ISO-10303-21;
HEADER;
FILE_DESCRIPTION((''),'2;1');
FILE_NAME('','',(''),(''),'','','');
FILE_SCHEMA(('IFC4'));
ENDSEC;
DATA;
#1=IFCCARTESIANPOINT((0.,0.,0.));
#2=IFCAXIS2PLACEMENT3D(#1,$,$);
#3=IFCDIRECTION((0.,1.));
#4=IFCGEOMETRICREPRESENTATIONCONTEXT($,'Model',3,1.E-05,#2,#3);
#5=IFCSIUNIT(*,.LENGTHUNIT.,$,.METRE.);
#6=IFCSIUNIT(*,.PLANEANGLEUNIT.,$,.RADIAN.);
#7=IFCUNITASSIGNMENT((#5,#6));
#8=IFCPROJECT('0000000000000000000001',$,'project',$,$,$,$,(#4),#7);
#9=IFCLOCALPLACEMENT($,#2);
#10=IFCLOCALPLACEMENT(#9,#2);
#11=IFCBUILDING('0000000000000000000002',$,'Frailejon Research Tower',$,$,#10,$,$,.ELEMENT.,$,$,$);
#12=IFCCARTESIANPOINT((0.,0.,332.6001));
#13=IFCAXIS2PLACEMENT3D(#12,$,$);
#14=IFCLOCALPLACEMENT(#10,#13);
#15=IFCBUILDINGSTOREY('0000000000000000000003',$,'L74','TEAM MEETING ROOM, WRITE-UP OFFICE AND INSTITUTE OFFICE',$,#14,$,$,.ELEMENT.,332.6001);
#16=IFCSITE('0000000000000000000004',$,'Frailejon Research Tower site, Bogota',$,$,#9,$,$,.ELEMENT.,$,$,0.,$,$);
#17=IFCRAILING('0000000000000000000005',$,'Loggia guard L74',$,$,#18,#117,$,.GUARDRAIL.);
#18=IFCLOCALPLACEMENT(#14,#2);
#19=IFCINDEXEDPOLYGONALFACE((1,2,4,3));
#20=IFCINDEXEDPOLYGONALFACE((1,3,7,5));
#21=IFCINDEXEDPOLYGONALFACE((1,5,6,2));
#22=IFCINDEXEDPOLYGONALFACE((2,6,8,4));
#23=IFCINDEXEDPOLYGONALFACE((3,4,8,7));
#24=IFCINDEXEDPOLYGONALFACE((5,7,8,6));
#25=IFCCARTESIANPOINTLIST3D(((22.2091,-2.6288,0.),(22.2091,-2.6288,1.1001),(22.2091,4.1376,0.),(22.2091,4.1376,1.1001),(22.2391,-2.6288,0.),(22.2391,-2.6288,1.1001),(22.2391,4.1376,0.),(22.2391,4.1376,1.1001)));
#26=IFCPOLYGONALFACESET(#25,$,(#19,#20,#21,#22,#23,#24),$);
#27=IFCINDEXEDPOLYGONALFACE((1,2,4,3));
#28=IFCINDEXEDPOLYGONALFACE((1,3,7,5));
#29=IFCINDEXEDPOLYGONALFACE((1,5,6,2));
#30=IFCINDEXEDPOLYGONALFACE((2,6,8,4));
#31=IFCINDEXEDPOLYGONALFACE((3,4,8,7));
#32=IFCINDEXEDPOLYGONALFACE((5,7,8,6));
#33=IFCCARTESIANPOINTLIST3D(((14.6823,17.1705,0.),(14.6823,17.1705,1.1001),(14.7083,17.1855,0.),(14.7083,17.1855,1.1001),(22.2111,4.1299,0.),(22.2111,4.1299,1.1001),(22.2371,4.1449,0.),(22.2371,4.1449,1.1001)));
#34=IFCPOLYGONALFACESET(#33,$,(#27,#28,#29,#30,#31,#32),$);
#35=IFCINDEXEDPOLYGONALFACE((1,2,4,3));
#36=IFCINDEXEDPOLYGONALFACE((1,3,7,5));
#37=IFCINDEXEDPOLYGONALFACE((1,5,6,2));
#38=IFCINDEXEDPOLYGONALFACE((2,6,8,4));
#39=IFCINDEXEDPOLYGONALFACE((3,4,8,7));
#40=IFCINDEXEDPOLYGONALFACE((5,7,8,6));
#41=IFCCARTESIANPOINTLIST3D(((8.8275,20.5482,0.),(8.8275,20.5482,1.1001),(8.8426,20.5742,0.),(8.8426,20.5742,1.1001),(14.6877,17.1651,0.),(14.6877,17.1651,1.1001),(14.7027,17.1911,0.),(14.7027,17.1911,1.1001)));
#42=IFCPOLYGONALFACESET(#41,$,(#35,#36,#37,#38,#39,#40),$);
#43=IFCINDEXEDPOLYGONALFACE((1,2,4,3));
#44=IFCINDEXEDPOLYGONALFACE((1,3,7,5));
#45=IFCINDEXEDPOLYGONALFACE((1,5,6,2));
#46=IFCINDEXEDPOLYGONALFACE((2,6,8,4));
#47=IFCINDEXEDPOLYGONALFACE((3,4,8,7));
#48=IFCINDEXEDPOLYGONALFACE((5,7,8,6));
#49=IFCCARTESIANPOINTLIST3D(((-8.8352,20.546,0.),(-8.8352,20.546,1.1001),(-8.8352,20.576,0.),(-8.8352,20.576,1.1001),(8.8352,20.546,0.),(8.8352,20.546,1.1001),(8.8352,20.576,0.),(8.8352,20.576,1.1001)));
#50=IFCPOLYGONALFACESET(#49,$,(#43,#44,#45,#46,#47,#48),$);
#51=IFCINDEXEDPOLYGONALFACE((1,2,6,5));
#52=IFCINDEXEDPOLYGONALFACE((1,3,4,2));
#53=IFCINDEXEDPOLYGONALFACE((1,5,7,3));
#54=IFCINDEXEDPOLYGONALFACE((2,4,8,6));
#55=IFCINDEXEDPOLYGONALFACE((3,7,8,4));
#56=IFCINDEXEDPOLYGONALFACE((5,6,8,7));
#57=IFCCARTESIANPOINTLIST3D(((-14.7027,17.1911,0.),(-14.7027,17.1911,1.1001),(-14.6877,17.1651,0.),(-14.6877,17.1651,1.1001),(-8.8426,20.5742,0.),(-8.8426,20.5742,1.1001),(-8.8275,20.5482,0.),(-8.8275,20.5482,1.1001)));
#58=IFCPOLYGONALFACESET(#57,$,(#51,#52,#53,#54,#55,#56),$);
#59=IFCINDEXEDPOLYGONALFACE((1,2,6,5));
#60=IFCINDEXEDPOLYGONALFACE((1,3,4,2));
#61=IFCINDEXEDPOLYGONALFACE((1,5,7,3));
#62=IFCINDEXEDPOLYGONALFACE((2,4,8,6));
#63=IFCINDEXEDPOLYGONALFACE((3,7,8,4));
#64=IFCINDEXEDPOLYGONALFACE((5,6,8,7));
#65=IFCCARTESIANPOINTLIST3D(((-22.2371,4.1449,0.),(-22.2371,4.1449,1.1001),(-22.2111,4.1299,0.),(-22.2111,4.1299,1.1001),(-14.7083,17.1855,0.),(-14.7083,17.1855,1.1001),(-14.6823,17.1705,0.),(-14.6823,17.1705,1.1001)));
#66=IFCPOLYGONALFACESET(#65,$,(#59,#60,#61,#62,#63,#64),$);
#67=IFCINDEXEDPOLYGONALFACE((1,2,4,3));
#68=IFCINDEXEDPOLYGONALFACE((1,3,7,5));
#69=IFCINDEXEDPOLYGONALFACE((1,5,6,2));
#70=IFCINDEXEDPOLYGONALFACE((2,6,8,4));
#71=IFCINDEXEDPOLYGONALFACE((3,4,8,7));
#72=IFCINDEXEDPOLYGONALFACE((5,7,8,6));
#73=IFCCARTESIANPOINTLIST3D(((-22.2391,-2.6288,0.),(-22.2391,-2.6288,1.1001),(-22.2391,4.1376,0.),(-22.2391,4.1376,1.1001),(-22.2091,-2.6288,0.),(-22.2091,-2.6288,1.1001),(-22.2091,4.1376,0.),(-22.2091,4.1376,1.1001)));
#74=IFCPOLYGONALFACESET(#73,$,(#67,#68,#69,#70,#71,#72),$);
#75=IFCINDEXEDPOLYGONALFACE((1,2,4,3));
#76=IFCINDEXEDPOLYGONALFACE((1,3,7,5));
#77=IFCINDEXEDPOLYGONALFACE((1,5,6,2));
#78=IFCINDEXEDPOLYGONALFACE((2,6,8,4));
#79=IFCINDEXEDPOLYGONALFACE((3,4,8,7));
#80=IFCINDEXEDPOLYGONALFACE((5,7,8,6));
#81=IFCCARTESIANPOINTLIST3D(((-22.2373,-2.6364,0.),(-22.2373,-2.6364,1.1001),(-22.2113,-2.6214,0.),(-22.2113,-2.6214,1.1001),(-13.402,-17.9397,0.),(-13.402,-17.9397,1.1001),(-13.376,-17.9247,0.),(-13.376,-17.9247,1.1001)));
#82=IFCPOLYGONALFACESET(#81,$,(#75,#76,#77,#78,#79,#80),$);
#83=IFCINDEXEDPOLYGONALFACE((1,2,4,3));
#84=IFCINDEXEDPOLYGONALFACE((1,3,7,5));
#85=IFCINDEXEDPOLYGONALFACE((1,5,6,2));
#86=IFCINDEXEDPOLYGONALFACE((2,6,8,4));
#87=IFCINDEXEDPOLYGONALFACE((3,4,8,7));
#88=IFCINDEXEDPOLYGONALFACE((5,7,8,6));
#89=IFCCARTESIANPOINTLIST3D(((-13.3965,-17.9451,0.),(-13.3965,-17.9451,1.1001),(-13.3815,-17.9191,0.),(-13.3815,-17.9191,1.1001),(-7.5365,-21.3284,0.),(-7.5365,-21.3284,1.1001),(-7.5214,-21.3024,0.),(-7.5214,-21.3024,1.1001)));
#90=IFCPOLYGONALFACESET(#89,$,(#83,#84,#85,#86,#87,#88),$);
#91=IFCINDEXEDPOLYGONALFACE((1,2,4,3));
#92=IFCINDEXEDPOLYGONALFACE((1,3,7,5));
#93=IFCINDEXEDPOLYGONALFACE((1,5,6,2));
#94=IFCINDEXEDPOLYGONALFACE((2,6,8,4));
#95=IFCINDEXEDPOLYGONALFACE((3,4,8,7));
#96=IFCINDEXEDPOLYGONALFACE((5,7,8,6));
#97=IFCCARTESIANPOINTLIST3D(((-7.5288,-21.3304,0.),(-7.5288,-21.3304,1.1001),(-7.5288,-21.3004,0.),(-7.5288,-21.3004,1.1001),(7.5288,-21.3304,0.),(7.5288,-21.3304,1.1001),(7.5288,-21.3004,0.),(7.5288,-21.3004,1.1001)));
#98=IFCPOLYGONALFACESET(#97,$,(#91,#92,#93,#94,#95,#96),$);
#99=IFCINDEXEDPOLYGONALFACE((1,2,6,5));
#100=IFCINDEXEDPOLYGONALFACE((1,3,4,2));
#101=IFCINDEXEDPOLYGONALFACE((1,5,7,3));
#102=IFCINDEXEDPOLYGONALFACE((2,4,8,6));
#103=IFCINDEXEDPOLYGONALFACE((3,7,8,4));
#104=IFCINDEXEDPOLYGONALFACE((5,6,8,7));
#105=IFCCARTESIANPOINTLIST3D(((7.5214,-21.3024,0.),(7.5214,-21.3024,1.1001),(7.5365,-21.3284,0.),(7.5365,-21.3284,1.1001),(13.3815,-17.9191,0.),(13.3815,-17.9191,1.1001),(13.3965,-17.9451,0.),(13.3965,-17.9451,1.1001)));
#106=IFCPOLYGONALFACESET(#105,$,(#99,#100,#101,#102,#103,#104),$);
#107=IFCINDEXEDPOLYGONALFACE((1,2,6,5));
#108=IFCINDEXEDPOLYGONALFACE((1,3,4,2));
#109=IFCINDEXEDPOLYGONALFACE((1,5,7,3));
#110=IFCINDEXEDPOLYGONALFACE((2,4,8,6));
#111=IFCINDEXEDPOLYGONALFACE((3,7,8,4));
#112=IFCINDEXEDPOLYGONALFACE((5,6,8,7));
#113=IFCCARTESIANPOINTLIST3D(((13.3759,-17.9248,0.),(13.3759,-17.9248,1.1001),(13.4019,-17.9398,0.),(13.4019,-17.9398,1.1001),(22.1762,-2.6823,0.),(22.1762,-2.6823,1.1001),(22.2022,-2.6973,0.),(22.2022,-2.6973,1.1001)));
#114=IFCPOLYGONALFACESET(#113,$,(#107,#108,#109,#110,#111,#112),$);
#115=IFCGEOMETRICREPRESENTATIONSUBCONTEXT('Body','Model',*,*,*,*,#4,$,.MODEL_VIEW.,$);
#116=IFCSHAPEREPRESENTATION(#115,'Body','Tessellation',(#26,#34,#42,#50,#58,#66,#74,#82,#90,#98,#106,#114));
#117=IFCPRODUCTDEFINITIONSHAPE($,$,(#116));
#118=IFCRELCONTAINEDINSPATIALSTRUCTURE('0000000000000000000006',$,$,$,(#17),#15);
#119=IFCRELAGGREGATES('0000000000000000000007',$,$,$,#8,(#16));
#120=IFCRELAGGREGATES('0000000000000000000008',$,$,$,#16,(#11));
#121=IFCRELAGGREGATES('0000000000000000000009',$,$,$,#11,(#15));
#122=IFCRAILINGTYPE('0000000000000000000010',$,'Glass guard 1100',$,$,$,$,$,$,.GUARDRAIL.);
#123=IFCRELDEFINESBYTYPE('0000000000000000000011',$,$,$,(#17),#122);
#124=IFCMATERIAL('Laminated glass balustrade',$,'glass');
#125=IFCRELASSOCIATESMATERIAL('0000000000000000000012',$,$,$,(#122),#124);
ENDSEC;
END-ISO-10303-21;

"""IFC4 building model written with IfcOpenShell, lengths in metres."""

from ifc_helpers import new_model, si_unit, direction, frame, origin, origin_2d, place, context, subcontext, project, spatial, rectangle, extrude, material, type_object, element, save


model = new_model("IFC4")

# Units and contexts
model_context = context("Model", 3, precision=1e-05, world=origin(), true_north=direction((0.0, 1.0)))
body_context = subcontext(model_context, "Body", "Model", "MODEL_VIEW")
ifc_project = project(units=[si_unit("LENGTHUNIT", "METRE"), si_unit("PLANEANGLEUNIT", "RADIAN")], contexts=[model_context])

# Site, building, storey
site_placement = place(None, origin())
site = spatial("IfcSite", under=ifc_project, at=site_placement, Name="Frailejon Research Tower site, Bogota", CompositionType="ELEMENT", RefElevation=0.0)
building_placement = place(site_placement, origin())
building = spatial("IfcBuilding", under=site, at=building_placement, Name="Frailejon Research Tower", CompositionType="ELEMENT")
storey_placement = place(building_placement, frame((0.0, 0.0, 332.6001)))
storey = spatial("IfcBuildingStorey", under=building, at=storey_placement, Name="L74", Description="TEAM MEETING ROOM, WRITE-UP OFFICE AND INSTITUTE OFFICE", CompositionType="ELEMENT", Elevation=332.6001)

# Railing
ifc_material_1 = material(Name="Laminated glass balustrade", Category="glass")
railing_type = type_object("IfcRailingType", Name="Glass guard 1100", PredefinedType="GUARDRAIL", material=ifc_material_1)
railing_placement = place(storey_placement, frame((22.2241, -2.6289, 0.0)))
element("IfcRailing", 1, at=railing_placement, inside=storey, type_object=railing_type, Name="Loggia guard L74", PredefinedType="GUARDRAIL", context=body_context, shape_type="SweptSolid", body=[
    extrude(rectangle(XDim=6.7664, YDim=0.03, at=origin_2d()), frame((0.0, 3.3833, 0.0), z_axis=(0.0, 0.0, 1.0), x_axis=(0.0, 1.0, 0.0)), (0.0, 0.0, 1.0), 1.1001),
    extrude(rectangle(XDim=15.0579, YDim=0.03, at=origin_2d()), frame((-3.7644, 13.2866, 0.0), z_axis=(0.0, 0.0, 1.0), x_axis=(-0.499993, 0.86603, 0.0)), (0.0, 0.0, 1.0), 1.1001),
    extrude(rectangle(XDim=6.7666, YDim=0.03, at=origin_2d()), frame((-10.459, 21.4985, 0.0), z_axis=(0.0, 0.0, 1.0), x_axis=(-0.866043, 0.499969, 0.0)), (0.0, 0.0, 1.0), 1.1001),
    extrude(rectangle(XDim=17.6704, YDim=0.03, at=origin_2d()), frame((-22.2241, 23.1899, 0.0), z_axis=(0.0, 0.0, 1.0), x_axis=(-1.0, 0.0, 0.0)), (0.0, 0.0, 1.0), 1.1001),
    extrude(rectangle(XDim=6.7666, YDim=0.03, at=origin_2d()), frame((-33.9893, 21.4985, 0.0), z_axis=(0.0, 0.0, 1.0), x_axis=(-0.866043, -0.499969, 0.0)), (0.0, 0.0, 1.0), 1.1001),
    extrude(rectangle(XDim=15.0579, YDim=0.03, at=origin_2d()), frame((-40.6838, 13.2866, 0.0), z_axis=(0.0, 0.0, 1.0), x_axis=(-0.499993, -0.86603, 0.0)), (0.0, 0.0, 1.0), 1.1001),
    extrude(rectangle(XDim=6.7664, YDim=0.03, at=origin_2d()), frame((-44.4482, 3.3833, 0.0), z_axis=(0.0, 0.0, 1.0), x_axis=(0.0, -1.0, 0.0)), (0.0, 0.0, 1.0), 1.1001),
    extrude(rectangle(XDim=17.6707, YDim=0.03, at=origin_2d()), frame((-40.0308, -7.6516, 0.0), z_axis=(0.0, 0.0, 1.0), x_axis=(0.499995, -0.866028, 0.0)), (0.0, 0.0, 1.0), 1.1001),
    extrude(rectangle(XDim=6.7666, YDim=0.03, at=origin_2d()), frame((-32.6831, -16.9949, 0.0), z_axis=(0.0, 0.0, 1.0), x_axis=(0.866028, -0.499996, 0.0)), (0.0, 0.0, 1.0), 1.1001),
    extrude(rectangle(XDim=15.0576, YDim=0.03, at=origin_2d()), frame((-22.2241, -18.6865, 0.0), z_axis=(0.0, 0.0, 1.0), x_axis=(1.0, 0.0, 0.0)), (0.0, 0.0, 1.0), 1.1001),
    extrude(rectangle(XDim=6.7666, YDim=0.03, at=origin_2d()), frame((-11.7651, -16.9949, 0.0), z_axis=(0.0, 0.0, 1.0), x_axis=(0.866028, 0.499996, 0.0)), (0.0, 0.0, 1.0), 1.1001),
    extrude(rectangle(XDim=17.6006, YDim=0.03, at=origin_2d()), frame((-4.4351, -7.6821, 0.0), z_axis=(0.0, 0.0, 1.0), x_axis=(0.500003, 0.866024, 0.0)), (0.0, 0.0, 1.0), 1.1001),
])

save(model, "model.ifc")
